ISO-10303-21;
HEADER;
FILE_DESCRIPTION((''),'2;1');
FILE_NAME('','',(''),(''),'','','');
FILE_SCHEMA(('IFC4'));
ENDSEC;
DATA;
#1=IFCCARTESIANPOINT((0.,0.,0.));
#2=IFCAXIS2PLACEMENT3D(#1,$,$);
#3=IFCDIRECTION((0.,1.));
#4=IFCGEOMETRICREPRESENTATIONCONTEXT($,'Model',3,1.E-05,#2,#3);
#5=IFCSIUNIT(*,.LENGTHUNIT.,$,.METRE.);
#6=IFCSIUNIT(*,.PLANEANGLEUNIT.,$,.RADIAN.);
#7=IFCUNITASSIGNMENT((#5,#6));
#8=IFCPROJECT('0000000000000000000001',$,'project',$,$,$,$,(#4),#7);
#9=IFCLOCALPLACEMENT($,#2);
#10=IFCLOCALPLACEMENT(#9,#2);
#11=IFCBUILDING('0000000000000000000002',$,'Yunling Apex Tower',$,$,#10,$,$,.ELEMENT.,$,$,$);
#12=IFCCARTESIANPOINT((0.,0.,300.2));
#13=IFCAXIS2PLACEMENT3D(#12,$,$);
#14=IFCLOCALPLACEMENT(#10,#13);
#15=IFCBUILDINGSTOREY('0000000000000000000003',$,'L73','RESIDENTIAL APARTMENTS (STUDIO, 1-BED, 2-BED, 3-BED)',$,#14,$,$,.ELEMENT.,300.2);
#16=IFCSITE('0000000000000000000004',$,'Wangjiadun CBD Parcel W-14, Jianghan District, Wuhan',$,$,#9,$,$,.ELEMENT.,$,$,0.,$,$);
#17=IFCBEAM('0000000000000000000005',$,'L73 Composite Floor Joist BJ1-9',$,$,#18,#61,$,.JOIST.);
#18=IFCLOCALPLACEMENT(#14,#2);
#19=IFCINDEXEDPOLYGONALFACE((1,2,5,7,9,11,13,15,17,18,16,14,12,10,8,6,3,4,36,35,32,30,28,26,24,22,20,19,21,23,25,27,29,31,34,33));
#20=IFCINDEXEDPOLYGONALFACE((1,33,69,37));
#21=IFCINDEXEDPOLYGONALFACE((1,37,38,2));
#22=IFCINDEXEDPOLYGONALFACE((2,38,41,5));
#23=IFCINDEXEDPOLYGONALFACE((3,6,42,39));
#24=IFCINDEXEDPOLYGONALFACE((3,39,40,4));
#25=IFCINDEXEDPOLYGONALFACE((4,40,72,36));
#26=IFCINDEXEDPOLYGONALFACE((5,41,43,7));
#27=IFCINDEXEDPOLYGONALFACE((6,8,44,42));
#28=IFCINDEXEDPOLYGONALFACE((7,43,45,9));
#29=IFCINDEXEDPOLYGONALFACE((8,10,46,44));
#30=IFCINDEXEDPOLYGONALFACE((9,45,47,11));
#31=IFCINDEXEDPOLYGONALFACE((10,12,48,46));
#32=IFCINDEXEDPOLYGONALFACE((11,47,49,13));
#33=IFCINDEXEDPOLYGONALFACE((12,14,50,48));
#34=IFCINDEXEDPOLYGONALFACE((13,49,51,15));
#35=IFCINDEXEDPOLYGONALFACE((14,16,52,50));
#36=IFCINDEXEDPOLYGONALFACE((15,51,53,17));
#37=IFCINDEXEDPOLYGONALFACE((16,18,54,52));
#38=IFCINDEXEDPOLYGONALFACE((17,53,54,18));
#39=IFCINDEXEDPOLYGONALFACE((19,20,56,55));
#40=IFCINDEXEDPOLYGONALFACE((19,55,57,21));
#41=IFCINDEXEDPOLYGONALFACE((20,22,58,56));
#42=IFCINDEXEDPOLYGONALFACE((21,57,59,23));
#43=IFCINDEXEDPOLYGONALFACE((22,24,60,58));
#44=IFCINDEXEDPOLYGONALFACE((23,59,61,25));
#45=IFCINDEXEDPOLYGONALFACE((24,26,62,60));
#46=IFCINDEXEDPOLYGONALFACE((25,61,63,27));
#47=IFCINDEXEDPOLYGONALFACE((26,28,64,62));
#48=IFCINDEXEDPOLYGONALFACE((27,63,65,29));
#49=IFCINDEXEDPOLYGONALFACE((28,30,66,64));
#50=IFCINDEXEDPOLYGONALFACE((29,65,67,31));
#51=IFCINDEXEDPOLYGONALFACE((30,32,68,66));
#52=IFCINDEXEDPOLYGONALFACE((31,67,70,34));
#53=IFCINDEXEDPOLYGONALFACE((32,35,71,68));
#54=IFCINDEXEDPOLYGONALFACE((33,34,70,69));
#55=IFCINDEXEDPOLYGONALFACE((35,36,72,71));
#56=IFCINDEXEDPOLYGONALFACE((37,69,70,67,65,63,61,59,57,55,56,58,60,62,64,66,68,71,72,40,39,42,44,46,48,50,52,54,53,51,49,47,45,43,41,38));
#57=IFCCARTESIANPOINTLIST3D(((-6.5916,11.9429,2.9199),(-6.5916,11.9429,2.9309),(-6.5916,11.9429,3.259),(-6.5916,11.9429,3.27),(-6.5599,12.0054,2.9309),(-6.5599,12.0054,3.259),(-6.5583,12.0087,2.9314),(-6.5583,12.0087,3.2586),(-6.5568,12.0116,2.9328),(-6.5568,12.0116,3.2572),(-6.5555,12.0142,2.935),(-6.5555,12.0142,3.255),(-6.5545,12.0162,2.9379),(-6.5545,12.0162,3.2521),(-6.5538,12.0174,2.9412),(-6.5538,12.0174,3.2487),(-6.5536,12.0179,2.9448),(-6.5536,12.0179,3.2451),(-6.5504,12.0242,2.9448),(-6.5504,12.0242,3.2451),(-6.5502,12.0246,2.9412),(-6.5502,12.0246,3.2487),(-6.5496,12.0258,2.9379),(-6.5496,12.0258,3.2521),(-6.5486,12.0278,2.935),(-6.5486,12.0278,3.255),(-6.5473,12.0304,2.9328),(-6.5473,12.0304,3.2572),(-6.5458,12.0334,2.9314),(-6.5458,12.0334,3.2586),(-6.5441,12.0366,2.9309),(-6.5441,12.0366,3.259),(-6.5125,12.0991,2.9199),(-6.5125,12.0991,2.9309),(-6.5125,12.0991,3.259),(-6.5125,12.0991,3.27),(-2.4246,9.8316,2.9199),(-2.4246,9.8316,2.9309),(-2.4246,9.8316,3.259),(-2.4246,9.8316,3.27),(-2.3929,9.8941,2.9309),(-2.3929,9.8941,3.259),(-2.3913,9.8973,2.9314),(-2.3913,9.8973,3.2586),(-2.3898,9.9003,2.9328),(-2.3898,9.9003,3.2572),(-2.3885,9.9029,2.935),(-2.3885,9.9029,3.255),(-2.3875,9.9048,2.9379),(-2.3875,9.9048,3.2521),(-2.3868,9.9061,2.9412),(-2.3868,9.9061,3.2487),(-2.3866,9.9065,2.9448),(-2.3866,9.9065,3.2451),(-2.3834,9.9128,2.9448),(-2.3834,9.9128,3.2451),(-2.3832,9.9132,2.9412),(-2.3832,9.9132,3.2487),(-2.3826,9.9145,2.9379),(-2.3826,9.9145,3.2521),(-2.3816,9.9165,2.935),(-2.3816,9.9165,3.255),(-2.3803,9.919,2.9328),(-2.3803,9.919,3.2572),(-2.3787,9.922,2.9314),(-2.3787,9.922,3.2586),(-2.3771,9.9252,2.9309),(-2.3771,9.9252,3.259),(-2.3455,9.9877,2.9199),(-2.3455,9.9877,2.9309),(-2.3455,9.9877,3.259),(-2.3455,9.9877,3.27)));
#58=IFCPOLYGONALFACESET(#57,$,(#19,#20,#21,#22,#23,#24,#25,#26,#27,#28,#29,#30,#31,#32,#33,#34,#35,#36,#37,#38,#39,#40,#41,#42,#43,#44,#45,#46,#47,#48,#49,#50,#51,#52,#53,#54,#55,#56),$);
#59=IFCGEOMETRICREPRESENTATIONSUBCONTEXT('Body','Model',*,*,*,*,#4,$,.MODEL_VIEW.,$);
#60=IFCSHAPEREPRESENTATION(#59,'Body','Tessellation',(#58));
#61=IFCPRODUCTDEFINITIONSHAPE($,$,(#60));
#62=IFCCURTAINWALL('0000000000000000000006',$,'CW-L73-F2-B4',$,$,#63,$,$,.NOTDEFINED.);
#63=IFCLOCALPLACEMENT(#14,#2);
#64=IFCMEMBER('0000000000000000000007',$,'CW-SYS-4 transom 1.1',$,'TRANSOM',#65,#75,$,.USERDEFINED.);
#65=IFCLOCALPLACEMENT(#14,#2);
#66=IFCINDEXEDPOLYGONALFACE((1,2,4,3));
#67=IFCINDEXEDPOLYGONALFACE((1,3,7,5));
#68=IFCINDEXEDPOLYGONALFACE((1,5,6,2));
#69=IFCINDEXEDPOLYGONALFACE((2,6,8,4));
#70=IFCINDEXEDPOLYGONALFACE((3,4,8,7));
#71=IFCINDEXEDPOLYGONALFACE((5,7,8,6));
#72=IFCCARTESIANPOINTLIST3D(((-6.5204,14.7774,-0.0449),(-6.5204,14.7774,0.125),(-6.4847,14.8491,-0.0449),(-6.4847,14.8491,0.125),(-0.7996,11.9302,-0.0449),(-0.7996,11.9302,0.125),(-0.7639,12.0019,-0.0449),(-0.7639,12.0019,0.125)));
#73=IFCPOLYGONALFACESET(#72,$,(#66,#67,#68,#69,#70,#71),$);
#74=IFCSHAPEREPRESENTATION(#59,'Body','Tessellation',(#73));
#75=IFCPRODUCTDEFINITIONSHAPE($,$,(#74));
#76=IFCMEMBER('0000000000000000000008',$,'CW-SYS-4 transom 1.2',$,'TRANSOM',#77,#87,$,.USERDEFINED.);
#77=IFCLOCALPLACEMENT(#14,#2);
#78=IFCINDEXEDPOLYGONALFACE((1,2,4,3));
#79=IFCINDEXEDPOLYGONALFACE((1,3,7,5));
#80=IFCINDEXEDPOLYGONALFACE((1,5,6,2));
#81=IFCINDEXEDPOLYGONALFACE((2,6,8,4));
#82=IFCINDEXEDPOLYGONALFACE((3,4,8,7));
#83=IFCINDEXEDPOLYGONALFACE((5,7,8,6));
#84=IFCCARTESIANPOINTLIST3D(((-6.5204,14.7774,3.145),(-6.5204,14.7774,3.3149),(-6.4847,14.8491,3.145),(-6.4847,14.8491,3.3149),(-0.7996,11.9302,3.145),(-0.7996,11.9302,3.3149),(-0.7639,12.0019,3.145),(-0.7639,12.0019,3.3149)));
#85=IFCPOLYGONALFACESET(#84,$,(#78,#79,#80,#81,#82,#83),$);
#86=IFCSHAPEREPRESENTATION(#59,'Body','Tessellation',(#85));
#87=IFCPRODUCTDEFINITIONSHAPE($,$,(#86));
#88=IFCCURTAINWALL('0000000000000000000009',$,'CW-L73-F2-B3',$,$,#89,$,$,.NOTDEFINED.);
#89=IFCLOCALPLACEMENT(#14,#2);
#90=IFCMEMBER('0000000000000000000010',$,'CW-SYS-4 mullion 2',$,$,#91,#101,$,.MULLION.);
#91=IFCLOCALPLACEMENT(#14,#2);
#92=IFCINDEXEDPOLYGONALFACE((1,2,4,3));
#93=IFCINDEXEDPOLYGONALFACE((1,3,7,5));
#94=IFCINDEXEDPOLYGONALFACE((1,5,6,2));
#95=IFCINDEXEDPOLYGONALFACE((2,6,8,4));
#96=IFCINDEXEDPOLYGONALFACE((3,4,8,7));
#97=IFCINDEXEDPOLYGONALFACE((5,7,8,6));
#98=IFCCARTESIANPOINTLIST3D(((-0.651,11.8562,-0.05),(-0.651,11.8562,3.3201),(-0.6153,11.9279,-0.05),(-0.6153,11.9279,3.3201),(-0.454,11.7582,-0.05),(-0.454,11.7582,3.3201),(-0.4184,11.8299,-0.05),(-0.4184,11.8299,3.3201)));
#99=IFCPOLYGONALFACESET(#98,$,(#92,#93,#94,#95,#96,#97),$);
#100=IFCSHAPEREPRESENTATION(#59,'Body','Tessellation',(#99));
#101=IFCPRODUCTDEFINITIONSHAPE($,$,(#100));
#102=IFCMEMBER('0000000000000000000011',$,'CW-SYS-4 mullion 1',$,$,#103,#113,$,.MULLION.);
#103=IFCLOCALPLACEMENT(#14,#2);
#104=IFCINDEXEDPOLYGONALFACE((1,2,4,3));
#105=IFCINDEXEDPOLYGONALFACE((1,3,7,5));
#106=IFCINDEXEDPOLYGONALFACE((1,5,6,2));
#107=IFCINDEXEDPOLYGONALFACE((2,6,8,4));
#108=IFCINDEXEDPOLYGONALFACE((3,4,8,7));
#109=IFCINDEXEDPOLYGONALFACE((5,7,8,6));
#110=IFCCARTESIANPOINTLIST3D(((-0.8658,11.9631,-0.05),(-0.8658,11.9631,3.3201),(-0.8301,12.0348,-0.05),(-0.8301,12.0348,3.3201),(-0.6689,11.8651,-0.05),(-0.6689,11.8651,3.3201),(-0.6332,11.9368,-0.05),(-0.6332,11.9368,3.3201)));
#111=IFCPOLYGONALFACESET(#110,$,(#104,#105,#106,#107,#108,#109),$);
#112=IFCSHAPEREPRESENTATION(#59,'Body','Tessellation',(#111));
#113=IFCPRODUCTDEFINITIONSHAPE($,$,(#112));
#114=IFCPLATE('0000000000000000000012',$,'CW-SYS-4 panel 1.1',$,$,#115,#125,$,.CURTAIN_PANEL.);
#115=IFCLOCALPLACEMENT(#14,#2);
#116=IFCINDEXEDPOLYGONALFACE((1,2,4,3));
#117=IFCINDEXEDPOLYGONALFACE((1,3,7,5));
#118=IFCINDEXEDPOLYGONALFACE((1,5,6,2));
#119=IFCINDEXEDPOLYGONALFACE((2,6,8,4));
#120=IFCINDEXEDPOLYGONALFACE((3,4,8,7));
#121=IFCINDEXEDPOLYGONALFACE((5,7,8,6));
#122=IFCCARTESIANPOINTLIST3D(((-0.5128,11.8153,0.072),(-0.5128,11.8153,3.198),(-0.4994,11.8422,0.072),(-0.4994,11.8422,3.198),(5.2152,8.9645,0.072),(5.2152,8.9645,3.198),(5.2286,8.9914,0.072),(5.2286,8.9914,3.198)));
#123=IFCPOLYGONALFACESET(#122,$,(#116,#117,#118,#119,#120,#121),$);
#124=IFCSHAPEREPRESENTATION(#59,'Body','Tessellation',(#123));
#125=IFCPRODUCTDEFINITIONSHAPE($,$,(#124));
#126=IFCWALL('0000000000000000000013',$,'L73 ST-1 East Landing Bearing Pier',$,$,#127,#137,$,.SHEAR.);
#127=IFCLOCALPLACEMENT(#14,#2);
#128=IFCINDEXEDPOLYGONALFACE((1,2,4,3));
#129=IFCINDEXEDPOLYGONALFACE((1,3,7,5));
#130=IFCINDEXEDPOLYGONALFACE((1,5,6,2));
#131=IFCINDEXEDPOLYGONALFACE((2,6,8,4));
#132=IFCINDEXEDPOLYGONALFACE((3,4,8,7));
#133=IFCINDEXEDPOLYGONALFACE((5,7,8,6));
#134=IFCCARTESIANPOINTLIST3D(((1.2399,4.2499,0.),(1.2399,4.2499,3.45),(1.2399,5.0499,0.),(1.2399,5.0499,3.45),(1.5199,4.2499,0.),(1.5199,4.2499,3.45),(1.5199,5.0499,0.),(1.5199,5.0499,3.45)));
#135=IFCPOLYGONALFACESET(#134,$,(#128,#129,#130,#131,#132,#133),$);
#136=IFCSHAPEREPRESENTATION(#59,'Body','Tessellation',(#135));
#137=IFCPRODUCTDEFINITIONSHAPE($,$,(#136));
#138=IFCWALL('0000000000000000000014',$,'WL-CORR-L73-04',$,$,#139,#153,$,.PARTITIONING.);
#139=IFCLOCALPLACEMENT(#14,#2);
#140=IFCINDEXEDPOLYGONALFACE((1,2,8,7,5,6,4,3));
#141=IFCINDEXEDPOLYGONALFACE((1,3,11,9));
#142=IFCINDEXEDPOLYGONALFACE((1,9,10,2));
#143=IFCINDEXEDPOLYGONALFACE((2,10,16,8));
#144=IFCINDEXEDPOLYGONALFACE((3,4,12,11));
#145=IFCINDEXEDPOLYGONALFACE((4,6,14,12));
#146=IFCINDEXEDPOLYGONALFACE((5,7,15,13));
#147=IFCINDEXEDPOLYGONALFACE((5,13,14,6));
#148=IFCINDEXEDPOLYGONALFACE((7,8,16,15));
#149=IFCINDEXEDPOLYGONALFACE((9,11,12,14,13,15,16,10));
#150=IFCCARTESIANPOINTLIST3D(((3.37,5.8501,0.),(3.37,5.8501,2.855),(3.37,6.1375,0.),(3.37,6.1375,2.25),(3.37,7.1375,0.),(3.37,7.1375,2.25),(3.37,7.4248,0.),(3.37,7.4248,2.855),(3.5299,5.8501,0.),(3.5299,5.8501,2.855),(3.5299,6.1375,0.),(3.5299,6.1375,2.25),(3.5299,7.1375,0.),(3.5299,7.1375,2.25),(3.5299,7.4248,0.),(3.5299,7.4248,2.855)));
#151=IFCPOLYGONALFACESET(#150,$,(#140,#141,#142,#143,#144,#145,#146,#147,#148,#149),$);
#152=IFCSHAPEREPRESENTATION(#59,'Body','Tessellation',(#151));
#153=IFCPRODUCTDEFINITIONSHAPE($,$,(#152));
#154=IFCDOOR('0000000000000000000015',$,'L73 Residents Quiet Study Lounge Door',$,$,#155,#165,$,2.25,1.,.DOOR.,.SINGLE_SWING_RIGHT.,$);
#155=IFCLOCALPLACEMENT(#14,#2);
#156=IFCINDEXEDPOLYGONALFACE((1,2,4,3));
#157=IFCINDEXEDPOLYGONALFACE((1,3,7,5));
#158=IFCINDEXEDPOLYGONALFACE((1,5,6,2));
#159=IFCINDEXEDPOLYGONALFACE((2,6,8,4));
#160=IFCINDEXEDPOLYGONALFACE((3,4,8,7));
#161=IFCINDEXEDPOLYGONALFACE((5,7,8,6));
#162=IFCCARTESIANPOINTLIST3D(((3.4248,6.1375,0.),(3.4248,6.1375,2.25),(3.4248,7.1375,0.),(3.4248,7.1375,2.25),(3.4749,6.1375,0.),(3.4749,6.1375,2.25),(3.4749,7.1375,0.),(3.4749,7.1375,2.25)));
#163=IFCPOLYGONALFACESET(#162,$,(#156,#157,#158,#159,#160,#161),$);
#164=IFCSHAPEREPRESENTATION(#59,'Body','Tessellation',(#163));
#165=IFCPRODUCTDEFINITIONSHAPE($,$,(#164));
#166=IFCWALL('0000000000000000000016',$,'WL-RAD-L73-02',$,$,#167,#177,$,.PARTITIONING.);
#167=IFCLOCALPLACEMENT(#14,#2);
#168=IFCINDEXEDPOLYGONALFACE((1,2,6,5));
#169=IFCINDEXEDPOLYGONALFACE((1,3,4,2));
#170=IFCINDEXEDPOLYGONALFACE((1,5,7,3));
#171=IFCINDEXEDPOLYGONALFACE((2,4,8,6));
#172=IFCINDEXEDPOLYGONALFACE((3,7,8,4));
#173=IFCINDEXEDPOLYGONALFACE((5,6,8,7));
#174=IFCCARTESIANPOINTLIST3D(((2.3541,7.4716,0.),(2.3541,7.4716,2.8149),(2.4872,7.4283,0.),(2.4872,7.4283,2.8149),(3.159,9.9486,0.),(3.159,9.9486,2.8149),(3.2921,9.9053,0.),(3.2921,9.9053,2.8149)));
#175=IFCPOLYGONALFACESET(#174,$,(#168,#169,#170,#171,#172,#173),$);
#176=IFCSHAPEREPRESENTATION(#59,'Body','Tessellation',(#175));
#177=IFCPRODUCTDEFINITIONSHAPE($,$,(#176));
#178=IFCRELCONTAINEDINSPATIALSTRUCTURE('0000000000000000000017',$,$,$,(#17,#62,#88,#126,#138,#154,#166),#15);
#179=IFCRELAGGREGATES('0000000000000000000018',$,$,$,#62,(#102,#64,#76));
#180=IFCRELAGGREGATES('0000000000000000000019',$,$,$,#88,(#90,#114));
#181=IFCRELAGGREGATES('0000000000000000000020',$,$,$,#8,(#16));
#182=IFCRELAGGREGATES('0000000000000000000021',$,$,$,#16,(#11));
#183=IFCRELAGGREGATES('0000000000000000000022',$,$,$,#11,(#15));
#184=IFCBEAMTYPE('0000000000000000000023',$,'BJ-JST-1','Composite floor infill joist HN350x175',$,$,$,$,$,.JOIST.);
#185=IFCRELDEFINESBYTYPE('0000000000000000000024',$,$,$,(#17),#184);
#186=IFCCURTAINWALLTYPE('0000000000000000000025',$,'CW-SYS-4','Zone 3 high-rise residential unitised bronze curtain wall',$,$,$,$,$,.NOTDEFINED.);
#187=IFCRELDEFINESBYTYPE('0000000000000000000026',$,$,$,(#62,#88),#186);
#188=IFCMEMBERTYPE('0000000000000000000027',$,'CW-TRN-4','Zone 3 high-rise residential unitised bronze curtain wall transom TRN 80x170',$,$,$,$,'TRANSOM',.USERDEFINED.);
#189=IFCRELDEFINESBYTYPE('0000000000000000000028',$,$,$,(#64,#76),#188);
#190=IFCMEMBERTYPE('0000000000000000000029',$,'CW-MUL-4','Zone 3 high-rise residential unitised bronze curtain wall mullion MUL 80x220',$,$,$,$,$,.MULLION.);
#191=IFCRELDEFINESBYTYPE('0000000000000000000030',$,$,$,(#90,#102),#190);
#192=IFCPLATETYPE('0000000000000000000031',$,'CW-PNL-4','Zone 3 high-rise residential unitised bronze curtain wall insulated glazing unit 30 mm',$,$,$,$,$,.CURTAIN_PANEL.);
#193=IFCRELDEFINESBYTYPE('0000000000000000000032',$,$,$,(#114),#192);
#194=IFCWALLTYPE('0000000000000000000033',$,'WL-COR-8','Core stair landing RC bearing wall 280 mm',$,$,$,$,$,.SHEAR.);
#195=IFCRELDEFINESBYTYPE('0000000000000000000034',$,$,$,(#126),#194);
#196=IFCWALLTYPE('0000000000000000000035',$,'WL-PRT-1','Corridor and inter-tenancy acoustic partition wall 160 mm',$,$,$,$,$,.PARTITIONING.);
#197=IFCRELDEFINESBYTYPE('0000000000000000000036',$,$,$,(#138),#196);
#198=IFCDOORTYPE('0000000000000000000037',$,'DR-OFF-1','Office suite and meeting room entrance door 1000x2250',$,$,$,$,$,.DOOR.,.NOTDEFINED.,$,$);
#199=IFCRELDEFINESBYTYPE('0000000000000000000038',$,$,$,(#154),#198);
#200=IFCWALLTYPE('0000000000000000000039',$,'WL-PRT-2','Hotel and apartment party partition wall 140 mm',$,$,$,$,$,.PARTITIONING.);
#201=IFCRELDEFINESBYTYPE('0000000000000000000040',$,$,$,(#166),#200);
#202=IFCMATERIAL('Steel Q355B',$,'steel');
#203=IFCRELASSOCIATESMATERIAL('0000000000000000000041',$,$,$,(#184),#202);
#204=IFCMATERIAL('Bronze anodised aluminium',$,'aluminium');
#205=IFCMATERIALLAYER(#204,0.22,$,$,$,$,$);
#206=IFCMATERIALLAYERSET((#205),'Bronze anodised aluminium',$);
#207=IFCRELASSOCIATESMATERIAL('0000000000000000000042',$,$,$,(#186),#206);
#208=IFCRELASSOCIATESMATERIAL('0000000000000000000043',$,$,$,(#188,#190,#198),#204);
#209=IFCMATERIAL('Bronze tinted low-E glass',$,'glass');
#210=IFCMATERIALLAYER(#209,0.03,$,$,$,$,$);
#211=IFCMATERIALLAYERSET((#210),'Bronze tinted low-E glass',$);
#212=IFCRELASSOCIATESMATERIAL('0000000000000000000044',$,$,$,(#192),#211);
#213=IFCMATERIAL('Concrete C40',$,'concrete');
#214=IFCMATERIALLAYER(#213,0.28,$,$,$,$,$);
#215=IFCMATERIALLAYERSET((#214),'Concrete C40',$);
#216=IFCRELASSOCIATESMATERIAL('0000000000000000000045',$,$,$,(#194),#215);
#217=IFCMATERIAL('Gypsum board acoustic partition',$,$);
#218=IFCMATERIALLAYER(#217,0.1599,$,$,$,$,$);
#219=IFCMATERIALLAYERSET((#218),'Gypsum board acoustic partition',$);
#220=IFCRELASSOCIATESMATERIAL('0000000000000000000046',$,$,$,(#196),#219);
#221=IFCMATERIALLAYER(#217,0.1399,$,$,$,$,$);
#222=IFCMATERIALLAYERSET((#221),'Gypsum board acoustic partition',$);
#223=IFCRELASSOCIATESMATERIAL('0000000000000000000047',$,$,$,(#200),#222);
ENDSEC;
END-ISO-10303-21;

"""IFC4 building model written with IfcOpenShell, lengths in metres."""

from ifc_helpers import new_model, si_unit, direction, frame, frame_2d, origin, origin_2d, place, context, subcontext, project, spatial, rectangle, i_section, extrude, source, transform, mapped, material, layer, layer_set, material_profile, profile_set, type_object, element, fill, aggregate, save


model = new_model("IFC4")

# Units and contexts
model_context = context("Model", 3, precision=1e-05, world=origin(), true_north=direction((0.0, 1.0)))
body_context = subcontext(model_context, "Body", "Model", "MODEL_VIEW")
ifc_project = project(units=[si_unit("LENGTHUNIT", "METRE"), si_unit("PLANEANGLEUNIT", "RADIAN")], contexts=[model_context])

# Site, building, storey
site_placement = place(None, origin())
site = spatial("IfcSite", under=ifc_project, at=site_placement, Name="Wangjiadun CBD Parcel W-14, Jianghan District, Wuhan", CompositionType="ELEMENT", RefElevation=0.0)
building_placement = place(site_placement, origin())
building = spatial("IfcBuilding", under=site, at=building_placement, Name="Yunling Apex Tower", CompositionType="ELEMENT")
storey_placement = place(building_placement, frame((0.0, 0.0, 300.2)))
storey = spatial("IfcBuildingStorey", under=building, at=storey_placement, Name="L73", Description="RESIDENTIAL APARTMENTS (STUDIO, 1-BED, 2-BED, 3-BED)", CompositionType="ELEMENT", Elevation=300.2)

# Shared definitions
ifc_material_1 = material(Name="Steel Q355B", Category="steel")

# Beam
ifc_material_profile_1 = material_profile(ifc_material_1, i_section(OverallWidth=0.175, OverallDepth=0.3501, WebThickness=0.0071, FlangeThickness=0.011, FilletRadius=0.0139, at=origin_2d()))
ifc_profile_set_1 = profile_set([ifc_material_profile_1], Name="Steel Q355B")
beam_type_1 = type_object("IfcBeamType", Name="BJ-JST-1", Description="Composite floor infill joist HN350x175", PredefinedType="JOIST", material=ifc_profile_set_1)
shared_shape_1 = source(origin(), body_context, "Body", "SweptSolid", [
    extrude(i_section(OverallWidth=0.175, OverallDepth=0.3501, WebThickness=0.0071, FlangeThickness=0.011, FilletRadius=0.0139, at=origin_2d()), origin(), (0.0, 0.0, 1.0), 4.6714),
])
beam_1_placement = place(storey_placement, frame((-2.385, 9.9097, 3.095), z_axis=(-0.892031, 0.451974, 0.0), x_axis=(-0.451974, -0.892031, 0.0)))
element("IfcBeam", 1, at=beam_1_placement, inside=storey, type_object=beam_type_1, Name="L73 Composite Floor Joist BJ1-9", PredefinedType="JOIST", context=body_context, shape_type="MappedRepresentation", body=[
    mapped(shared_shape_1, transform((0.0, 0.0, 0.0), scale=1.0)),
])

# Curtain wall, members
ifc_material_2 = material(Name="Bronze anodised aluminium", Category="aluminium")
ifc_layer_1 = layer(ifc_material_2, 0.22)
ifc_layer_set_1 = layer_set([ifc_layer_1], Name="Bronze anodised aluminium")
curtain_wall_type = type_object("IfcCurtainWallType", Name="CW-SYS-4", Description="Zone 3 high-rise residential unitised bronze curtain wall", PredefinedType="NOTDEFINED", material=ifc_layer_set_1)
curtain_wall_1_placement = place(storey_placement, origin())
curtain_wall_1 = element("IfcCurtainWall", 2, at=curtain_wall_1_placement, inside=storey, type_object=curtain_wall_type, Name="CW-L73-F2-B4", PredefinedType="NOTDEFINED")
ifc_material_profile_2 = material_profile(ifc_material_2, rectangle(XDim=0.0801, YDim=0.1699, at=origin_2d()))
ifc_profile_set_2 = profile_set([ifc_material_profile_2], Name="Bronze anodised aluminium")
member_type_1 = type_object("IfcMemberType", Name="CW-TRN-4", Description="Zone 3 high-rise residential unitised bronze curtain wall transom TRN 80x170", ElementType="TRANSOM", PredefinedType="USERDEFINED", material=ifc_profile_set_2)
shared_shape_2 = source(origin(), body_context, "Body", "SweptSolid", [
    extrude(rectangle(XDim=0.0801, YDim=0.1699, at=origin_2d()), origin(), (0.0, 0.0, 1.0), 6.3901),
])
member_1_placement = place(storey_placement, frame((-0.7817, 11.9661, 0.04), z_axis=(-0.895251, 0.445562, 0.0), x_axis=(-0.445562, -0.895251, 0.0)))
member_1 = element("IfcMember", 3, at=member_1_placement, type_object=member_type_1, Name="CW-SYS-4 transom 1.1", ObjectType="TRANSOM", PredefinedType="USERDEFINED", context=body_context, shape_type="MappedRepresentation", body=[
    mapped(shared_shape_2, transform((0.0, 0.0, 0.0), scale=1.0)),
])
member_2_placement = place(storey_placement, frame((-0.7817, 11.9661, 3.23), z_axis=(-0.895251, 0.445562, 0.0), x_axis=(-0.445562, -0.895251, 0.0)))
member_2 = element("IfcMember", 4, at=member_2_placement, type_object=member_type_1, Name="CW-SYS-4 transom 1.2", ObjectType="TRANSOM", PredefinedType="USERDEFINED", context=body_context, shape_type="MappedRepresentation", body=[
    mapped(shared_shape_2, transform((0.0, 0.0, 0.0), scale=1.0)),
])

# Curtain wall, member
curtain_wall_2_placement = place(storey_placement, origin())
curtain_wall_2 = element("IfcCurtainWall", 5, at=curtain_wall_2_placement, inside=storey, type_object=curtain_wall_type, Name="CW-L73-F2-B3", PredefinedType="NOTDEFINED")
ifc_material_profile_3 = material_profile(ifc_material_2, rectangle(XDim=0.0801, YDim=0.22, at=origin_2d()))
ifc_profile_set_3 = profile_set([ifc_material_profile_3], Name="Bronze anodised aluminium")
member_type_2 = type_object("IfcMemberType", Name="CW-MUL-4", Description="Zone 3 high-rise residential unitised bronze curtain wall mullion MUL 80x220", PredefinedType="MULLION", material=ifc_profile_set_3)
shared_shape_3 = source(origin(), body_context, "Body", "SweptSolid", [
    extrude(rectangle(XDim=0.0801, YDim=0.22, at=origin_2d()), origin(), (0.0, 0.0, 1.0), 3.3701),
])
member_3_placement = place(storey_placement, frame((-0.5347, 11.843, -0.05), z_axis=(0.0, 0.0, 1.0), x_axis=(-0.445562, -0.895251, 0.0)))
member_3 = element("IfcMember", 6, at=member_3_placement, type_object=member_type_2, Name="CW-SYS-4 mullion 2", PredefinedType="MULLION", context=body_context, shape_type="MappedRepresentation", body=[
    mapped(shared_shape_3, transform((0.0, 0.0, 0.0), scale=1.0)),
])

# Member
member_4_placement = place(storey_placement, frame((-0.7495, 11.95, -0.05), z_axis=(0.0, 0.0, 1.0), x_axis=(-0.445568, -0.895248, 0.0)))
member_4 = element("IfcMember", 7, at=member_4_placement, type_object=member_type_2, Name="CW-SYS-4 mullion 1", PredefinedType="MULLION", context=body_context, shape_type="MappedRepresentation", body=[
    mapped(shared_shape_3, transform((0.0, 0.0, 0.0), scale=1.0)),
])
aggregate(curtain_wall_1, [member_4, member_1, member_2])

# Plate
ifc_material_3 = material(Name="Bronze tinted low-E glass", Category="glass")
ifc_layer_2 = layer(ifc_material_3, 0.03)
ifc_layer_set_2 = layer_set([ifc_layer_2], Name="Bronze tinted low-E glass")
plate_type = type_object("IfcPlateType", Name="CW-PNL-4", Description="Zone 3 high-rise residential unitised bronze curtain wall insulated glazing unit 30 mm", PredefinedType="CURTAIN_PANEL", material=ifc_layer_set_2)
shared_shape_4 = source(origin(), body_context, "Body", "SweptSolid", [
    extrude(rectangle(XDim=6.3982, YDim=0.03, at=origin_2d()), origin(), (0.0, 0.0, 1.0), 3.126),
])
plate_placement = place(storey_placement, frame((2.3579, 10.4033, 0.072), z_axis=(0.0, 0.0, 1.0), x_axis=(-0.895251, 0.445562, 0.0)))
plate = element("IfcPlate", 8, at=plate_placement, type_object=plate_type, Name="CW-SYS-4 panel 1.1", PredefinedType="CURTAIN_PANEL", context=body_context, shape_type="MappedRepresentation", body=[
    mapped(shared_shape_4, transform((0.0, 0.0, 0.0), scale=1.0)),
])
aggregate(curtain_wall_2, [member_3, plate])

# Wall
ifc_material_4 = material(Name="Concrete C40", Category="concrete")
ifc_layer_3 = layer(ifc_material_4, 0.28)
ifc_layer_set_3 = layer_set([ifc_layer_3], Name="Concrete C40")
wall_type_1 = type_object("IfcWallType", Name="WL-COR-8", Description="Core stair landing RC bearing wall 280 mm", PredefinedType="SHEAR", material=ifc_layer_set_3)
wall_1_placement = place(storey_placement, frame((1.3799, 4.25, 0.0), z_axis=(0.0, 0.0, 1.0), x_axis=(0.0, 1.0, 0.0)))
element("IfcWall", 9, at=wall_1_placement, inside=storey, type_object=wall_type_1, Name="L73 ST-1 East Landing Bearing Pier", PredefinedType="SHEAR", context=body_context, shape_type="SweptSolid", body=[
    extrude(rectangle(XDim=0.8, YDim=0.28, at=frame_2d((0.3999, 0.0))), origin(), (0.0, 0.0, 1.0), 3.45),
])

# Wall, opening, door
ifc_material_5 = material(Name="Gypsum board acoustic partition")
ifc_layer_4 = layer(ifc_material_5, 0.1599)
ifc_layer_set_4 = layer_set([ifc_layer_4], Name="Gypsum board acoustic partition")
wall_type_2 = type_object("IfcWallType", Name="WL-PRT-1", Description="Corridor and inter-tenancy acoustic partition wall 160 mm", PredefinedType="PARTITIONING", material=ifc_layer_set_4)
wall_2_placement = place(storey_placement, frame((3.45, 7.4248, 0.0), z_axis=(0.0, 0.0, 1.0), x_axis=(0.0, -1.0, 0.0)))
wall_2 = element("IfcWall", 10, at=wall_2_placement, inside=storey, type_object=wall_type_2, Name="WL-CORR-L73-04", PredefinedType="PARTITIONING", context=body_context, shape_type="SweptSolid", body=[
    extrude(rectangle(XDim=1.5747, YDim=0.1599, at=frame_2d((0.7874, 0.0))), origin(), (0.0, 0.0, 1.0), 2.855),
])
opening_placement = place(wall_2_placement, frame((0.2874, 0.0, 0.0)))
opening = element("IfcOpeningElement", 11, at=opening_placement, cuts=wall_2, PredefinedType="OPENING", context=body_context, shape_type="SweptSolid", body=[
    extrude(rectangle(XDim=1.0, YDim=2.25, at=frame_2d((0.5, 1.125))), frame((0.0, 0.0898, 0.0), z_axis=(0.0, -1.0, 0.0), x_axis=(1.0, 0.0, 0.0)), (0.0, 0.0, 1.0), 0.1799),
])
door_type = type_object("IfcDoorType", Name="DR-OFF-1", Description="Office suite and meeting room entrance door 1000x2250", OperationType="NOTDEFINED", PredefinedType="DOOR", material=ifc_material_2)
door_placement = place(opening_placement, origin())
door = element("IfcDoor", 12, at=door_placement, inside=storey, type_object=door_type, Name="L73 Residents Quiet Study Lounge Door", OperationType="SINGLE_SWING_RIGHT", OverallHeight=2.25, OverallWidth=1.0, PredefinedType="DOOR", context=body_context, shape_type="SweptSolid", body=[
    extrude(rectangle(XDim=1.0, YDim=2.25, at=frame_2d((0.5, 1.125))), frame((0.0, 0.0249, 0.0), z_axis=(0.0, -1.0, 0.0), x_axis=(1.0, 0.0, 0.0)), (0.0, 0.0, 1.0), 0.05),
])
fill(opening, door)

# Wall
ifc_layer_5 = layer(ifc_material_5, 0.1399)
ifc_layer_set_5 = layer_set([ifc_layer_5], Name="Gypsum board acoustic partition")
wall_type_3 = type_object("IfcWallType", Name="WL-PRT-2", Description="Hotel and apartment party partition wall 140 mm", PredefinedType="PARTITIONING", material=ifc_layer_set_5)
wall_3_placement = place(storey_placement, frame((2.4207, 7.45, 0.0), z_axis=(0.0, 0.0, 1.0), x_axis=(0.309048, 0.951046, 0.0)))
element("IfcWall", 13, at=wall_3_placement, inside=storey, type_object=wall_type_3, Name="WL-RAD-L73-02", PredefinedType="PARTITIONING", context=body_context, shape_type="SweptSolid", body=[
    extrude(rectangle(XDim=2.6045, YDim=0.1399, at=frame_2d((1.3022, 0.0))), origin(), (0.0, 0.0, 1.0), 2.8149),
])

save(model, "model.ifc")
